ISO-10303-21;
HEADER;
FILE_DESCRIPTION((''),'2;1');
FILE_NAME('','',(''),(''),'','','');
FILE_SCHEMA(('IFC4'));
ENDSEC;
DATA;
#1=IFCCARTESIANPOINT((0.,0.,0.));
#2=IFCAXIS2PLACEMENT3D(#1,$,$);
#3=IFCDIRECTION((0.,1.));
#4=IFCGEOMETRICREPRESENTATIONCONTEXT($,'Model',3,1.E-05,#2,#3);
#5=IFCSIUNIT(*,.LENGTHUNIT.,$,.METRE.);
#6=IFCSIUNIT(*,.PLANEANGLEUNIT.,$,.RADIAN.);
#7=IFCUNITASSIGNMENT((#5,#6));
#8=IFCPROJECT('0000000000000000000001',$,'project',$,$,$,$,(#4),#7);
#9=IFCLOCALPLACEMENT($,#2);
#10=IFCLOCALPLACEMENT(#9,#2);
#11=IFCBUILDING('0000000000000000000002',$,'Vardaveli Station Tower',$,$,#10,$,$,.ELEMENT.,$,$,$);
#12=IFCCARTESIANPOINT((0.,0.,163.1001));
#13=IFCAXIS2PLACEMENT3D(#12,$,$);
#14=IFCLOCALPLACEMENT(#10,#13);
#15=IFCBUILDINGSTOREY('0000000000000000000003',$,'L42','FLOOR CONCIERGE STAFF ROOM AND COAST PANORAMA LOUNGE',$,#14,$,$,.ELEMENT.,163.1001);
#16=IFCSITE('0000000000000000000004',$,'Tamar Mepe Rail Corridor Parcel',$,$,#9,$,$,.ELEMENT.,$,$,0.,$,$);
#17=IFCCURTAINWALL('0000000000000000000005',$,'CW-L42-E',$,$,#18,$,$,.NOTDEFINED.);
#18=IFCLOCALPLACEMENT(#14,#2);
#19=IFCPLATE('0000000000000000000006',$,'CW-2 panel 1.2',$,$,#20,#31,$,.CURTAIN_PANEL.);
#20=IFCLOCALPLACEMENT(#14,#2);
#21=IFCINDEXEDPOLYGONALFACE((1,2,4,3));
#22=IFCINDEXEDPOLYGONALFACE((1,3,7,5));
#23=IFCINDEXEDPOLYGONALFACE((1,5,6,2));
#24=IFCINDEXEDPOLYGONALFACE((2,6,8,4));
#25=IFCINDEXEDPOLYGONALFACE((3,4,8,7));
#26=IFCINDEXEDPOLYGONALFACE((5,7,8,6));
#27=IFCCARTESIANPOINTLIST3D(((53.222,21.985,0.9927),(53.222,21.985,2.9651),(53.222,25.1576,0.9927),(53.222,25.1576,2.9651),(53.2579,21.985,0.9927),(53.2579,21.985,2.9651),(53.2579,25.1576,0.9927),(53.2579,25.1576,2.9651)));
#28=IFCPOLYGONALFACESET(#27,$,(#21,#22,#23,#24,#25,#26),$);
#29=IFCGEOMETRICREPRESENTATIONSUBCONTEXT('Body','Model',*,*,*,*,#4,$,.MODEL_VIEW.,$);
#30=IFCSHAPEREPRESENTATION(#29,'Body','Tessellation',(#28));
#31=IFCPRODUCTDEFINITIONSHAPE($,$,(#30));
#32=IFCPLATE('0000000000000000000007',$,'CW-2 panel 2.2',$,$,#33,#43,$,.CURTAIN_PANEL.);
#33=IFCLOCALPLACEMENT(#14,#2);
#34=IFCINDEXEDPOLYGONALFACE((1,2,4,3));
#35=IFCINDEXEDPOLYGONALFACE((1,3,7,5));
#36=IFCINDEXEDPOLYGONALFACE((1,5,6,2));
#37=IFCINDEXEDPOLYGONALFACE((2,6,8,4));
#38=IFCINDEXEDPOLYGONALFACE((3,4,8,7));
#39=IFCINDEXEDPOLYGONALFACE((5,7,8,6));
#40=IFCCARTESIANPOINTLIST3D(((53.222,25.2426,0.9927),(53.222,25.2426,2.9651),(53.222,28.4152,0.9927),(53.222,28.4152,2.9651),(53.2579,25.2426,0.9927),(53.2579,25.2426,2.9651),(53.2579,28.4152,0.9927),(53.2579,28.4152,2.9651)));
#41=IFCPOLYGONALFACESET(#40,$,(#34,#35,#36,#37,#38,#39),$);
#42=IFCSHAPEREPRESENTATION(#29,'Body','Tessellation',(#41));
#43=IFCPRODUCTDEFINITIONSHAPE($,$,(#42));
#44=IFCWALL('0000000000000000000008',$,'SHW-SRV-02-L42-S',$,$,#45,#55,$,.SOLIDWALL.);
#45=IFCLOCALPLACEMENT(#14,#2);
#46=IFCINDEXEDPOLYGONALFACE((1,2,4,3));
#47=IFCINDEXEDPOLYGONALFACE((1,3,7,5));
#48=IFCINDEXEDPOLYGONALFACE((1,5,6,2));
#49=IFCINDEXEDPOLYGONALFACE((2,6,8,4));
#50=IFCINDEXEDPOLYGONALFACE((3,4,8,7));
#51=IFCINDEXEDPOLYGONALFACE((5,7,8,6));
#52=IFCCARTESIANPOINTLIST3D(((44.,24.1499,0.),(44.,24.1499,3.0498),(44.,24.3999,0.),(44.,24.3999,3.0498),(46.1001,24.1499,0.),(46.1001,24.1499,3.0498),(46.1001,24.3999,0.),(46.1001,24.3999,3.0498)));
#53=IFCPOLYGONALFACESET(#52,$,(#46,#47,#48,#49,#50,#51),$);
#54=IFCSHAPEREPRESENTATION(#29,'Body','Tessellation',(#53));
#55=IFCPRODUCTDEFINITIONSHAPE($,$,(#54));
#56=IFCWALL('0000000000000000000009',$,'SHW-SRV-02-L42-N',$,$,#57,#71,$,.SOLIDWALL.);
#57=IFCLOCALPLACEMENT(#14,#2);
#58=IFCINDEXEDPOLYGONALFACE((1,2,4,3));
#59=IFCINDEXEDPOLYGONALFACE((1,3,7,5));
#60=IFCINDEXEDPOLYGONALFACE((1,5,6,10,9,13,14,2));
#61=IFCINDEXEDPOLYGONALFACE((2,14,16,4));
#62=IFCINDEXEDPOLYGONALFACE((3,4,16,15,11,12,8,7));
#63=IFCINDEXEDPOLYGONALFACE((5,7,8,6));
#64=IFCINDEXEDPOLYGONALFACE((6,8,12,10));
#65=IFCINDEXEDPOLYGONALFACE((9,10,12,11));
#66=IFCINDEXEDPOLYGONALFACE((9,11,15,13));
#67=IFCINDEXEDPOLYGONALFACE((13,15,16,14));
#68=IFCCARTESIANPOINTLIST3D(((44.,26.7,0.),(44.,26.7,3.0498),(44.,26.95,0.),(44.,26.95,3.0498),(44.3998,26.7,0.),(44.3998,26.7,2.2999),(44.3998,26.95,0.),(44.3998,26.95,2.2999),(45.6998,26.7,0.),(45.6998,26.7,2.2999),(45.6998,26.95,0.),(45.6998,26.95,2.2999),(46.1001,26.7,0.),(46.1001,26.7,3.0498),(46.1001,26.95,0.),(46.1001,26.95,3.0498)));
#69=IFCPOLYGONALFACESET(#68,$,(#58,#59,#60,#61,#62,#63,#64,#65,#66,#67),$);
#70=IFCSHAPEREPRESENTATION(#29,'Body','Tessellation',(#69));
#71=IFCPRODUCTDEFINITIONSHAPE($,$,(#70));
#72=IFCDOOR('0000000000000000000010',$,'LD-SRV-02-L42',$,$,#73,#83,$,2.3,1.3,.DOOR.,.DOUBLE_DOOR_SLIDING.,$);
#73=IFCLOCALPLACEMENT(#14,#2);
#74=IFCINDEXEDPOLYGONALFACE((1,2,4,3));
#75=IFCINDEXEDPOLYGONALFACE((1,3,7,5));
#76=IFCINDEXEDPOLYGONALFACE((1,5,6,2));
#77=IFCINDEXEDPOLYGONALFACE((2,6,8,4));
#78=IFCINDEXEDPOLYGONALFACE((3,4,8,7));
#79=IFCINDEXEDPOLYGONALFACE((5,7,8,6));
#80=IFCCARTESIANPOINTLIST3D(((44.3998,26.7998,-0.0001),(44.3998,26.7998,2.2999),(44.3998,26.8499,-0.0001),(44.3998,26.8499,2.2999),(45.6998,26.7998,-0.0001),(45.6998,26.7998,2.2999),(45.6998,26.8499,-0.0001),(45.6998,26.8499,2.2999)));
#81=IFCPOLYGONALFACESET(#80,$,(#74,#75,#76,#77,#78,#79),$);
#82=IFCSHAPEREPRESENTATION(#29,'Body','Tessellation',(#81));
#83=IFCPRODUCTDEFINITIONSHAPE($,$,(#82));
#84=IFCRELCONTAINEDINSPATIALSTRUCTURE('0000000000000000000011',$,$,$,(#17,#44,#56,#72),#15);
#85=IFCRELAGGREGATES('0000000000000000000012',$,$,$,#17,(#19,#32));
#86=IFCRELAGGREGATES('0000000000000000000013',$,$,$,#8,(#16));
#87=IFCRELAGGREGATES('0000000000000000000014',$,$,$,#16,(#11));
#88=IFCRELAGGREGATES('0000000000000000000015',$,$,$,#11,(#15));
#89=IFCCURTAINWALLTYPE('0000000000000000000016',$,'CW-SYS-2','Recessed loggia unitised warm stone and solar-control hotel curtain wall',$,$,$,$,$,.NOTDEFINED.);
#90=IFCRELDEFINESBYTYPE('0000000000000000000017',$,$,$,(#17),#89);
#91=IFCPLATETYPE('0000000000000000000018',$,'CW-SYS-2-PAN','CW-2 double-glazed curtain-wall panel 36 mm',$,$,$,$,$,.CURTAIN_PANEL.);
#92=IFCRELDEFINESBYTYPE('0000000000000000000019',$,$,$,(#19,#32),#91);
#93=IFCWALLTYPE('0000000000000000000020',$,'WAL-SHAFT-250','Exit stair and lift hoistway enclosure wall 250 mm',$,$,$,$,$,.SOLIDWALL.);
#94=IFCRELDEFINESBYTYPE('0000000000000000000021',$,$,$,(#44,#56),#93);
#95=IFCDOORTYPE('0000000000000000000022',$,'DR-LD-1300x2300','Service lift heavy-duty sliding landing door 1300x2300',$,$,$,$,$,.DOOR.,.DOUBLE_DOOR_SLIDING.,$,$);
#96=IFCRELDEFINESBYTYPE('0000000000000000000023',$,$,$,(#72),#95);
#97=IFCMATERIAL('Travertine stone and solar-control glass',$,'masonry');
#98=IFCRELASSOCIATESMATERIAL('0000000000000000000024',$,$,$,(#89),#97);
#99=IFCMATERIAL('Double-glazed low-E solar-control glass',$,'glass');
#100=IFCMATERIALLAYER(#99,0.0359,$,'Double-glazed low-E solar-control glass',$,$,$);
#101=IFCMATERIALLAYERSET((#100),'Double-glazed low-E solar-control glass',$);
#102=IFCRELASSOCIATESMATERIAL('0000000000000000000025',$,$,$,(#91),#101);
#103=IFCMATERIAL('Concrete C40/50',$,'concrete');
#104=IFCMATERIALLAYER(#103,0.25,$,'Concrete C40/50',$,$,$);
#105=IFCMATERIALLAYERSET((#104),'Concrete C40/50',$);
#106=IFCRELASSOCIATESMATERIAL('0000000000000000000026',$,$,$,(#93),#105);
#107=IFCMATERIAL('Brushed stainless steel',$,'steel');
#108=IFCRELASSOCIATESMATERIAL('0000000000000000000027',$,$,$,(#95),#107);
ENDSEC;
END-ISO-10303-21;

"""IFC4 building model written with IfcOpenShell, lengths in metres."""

from ifc_helpers import new_model, si_unit, direction, frame, frame_2d, origin, origin_2d, place, context, subcontext, project, spatial, rectangle, extrude, source, transform, mapped, material, layer, layer_set, type_object, element, fill, aggregate, save


model = new_model("IFC4")

# Units and contexts
model_context = context("Model", 3, precision=1e-05, world=origin(), true_north=direction((0.0, 1.0)))
body_context = subcontext(model_context, "Body", "Model", "MODEL_VIEW")
ifc_project = project(units=[si_unit("LENGTHUNIT", "METRE"), si_unit("PLANEANGLEUNIT", "RADIAN")], contexts=[model_context])

# Site, building, storey
site_placement = place(None, origin())
site = spatial("IfcSite", under=ifc_project, at=site_placement, Name="Tamar Mepe Rail Corridor Parcel", CompositionType="ELEMENT", RefElevation=0.0)
building_placement = place(site_placement, origin())
building = spatial("IfcBuilding", under=site, at=building_placement, Name="Vardaveli Station Tower", CompositionType="ELEMENT")
storey_placement = place(building_placement, frame((0.0, 0.0, 163.1001)))
storey = spatial("IfcBuildingStorey", under=building, at=storey_placement, Name="L42", Description="FLOOR CONCIERGE STAFF ROOM AND COAST PANORAMA LOUNGE", CompositionType="ELEMENT", Elevation=163.1001)

# Curtain wall, plates
ifc_material_1 = material(Name="Travertine stone and solar-control glass", Category="masonry")
curtain_wall_type = type_object("IfcCurtainWallType", Name="CW-SYS-2", Description="Recessed loggia unitised warm stone and solar-control hotel curtain wall", PredefinedType="NOTDEFINED", material=ifc_material_1)
curtain_wall_placement = place(storey_placement, origin())
curtain_wall = element("IfcCurtainWall", 1, at=curtain_wall_placement, inside=storey, type_object=curtain_wall_type, Name="CW-L42-E", PredefinedType="NOTDEFINED")
ifc_material_2 = material(Name="Double-glazed low-E solar-control glass", Category="glass")
ifc_layer_1 = layer(ifc_material_2, 0.0359, Name="Double-glazed low-E solar-control glass")
ifc_layer_set_1 = layer_set([ifc_layer_1], Name="Double-glazed low-E solar-control glass")
plate_type = type_object("IfcPlateType", Name="CW-SYS-2-PAN", Description="CW-2 double-glazed curtain-wall panel 36 mm", PredefinedType="CURTAIN_PANEL", material=ifc_layer_set_1)
shared_shape_1 = source(origin(), body_context, "Body", "SweptSolid", [
    extrude(rectangle(XDim=3.1726, YDim=0.0359, at=origin_2d()), origin(), (0.0, 0.0, 1.0), 1.9724),
])
plate_1_placement = place(storey_placement, frame((53.24, 23.5713, 0.9927), z_axis=(0.0, 0.0, 1.0), x_axis=(0.0, 1.0, 0.0)))
plate_1 = element("IfcPlate", 2, at=plate_1_placement, type_object=plate_type, Name="CW-2 panel 1.2", PredefinedType="CURTAIN_PANEL", context=body_context, shape_type="MappedRepresentation", body=[
    mapped(shared_shape_1, transform((0.0, 0.0, 0.0), scale=1.0)),
])
plate_2_placement = place(storey_placement, frame((53.24, 26.8289, 0.9927), z_axis=(0.0, 0.0, 1.0), x_axis=(0.0, 1.0, 0.0)))
plate_2 = element("IfcPlate", 3, at=plate_2_placement, type_object=plate_type, Name="CW-2 panel 2.2", PredefinedType="CURTAIN_PANEL", context=body_context, shape_type="MappedRepresentation", body=[
    mapped(shared_shape_1, transform((0.0, 0.0, 0.0), scale=1.0)),
])
aggregate(curtain_wall, [plate_1, plate_2])

# Wall
ifc_material_3 = material(Name="Concrete C40/50", Category="concrete")
ifc_layer_2 = layer(ifc_material_3, 0.25, Name="Concrete C40/50")
ifc_layer_set_2 = layer_set([ifc_layer_2], Name="Concrete C40/50")
wall_type = type_object("IfcWallType", Name="WAL-SHAFT-250", Description="Exit stair and lift hoistway enclosure wall 250 mm", PredefinedType="SOLIDWALL", material=ifc_layer_set_2)
shared_shape_2 = source(origin(), body_context, "Body", "SweptSolid", [
    extrude(rectangle(XDim=2.1001, YDim=0.25, at=frame_2d((1.05, 0.0))), origin(), (0.0, 0.0, 1.0), 3.0498),
])
wall_1_placement = place(storey_placement, frame((44.0, 24.2749, 0.0), z_axis=(0.0, 0.0, 1.0), x_axis=(1.0, 0.0, 0.0)))
element("IfcWall", 4, at=wall_1_placement, inside=storey, type_object=wall_type, Name="SHW-SRV-02-L42-S", PredefinedType="SOLIDWALL", context=body_context, shape_type="MappedRepresentation", body=[
    mapped(shared_shape_2, transform((0.0, 0.0, 0.0), scale=1.0)),
])

# Wall, opening, door
wall_2_placement = place(storey_placement, frame((44.0, 26.825, 0.0), z_axis=(0.0, 0.0, 1.0), x_axis=(1.0, 0.0, 0.0)))
wall_2 = element("IfcWall", 5, at=wall_2_placement, inside=storey, type_object=wall_type, Name="SHW-SRV-02-L42-N", PredefinedType="SOLIDWALL", context=body_context, shape_type="MappedRepresentation", body=[
    mapped(shared_shape_2, transform((0.0, 0.0, 0.0), scale=1.0)),
])
shared_shape_3 = source(origin(), body_context, "Body", "SweptSolid", [
    extrude(rectangle(XDim=1.3, YDim=2.3, at=frame_2d((0.6499, 1.1499))), frame((0.0, 0.135, 0.0), z_axis=(0.0, -1.0, 0.0), x_axis=(1.0, 0.0, 0.0)), (0.0, 0.0, 1.0), 0.27),
])
opening_placement = place(wall_2_placement, frame((0.3999, 0.0, 0.0)))
opening = element("IfcOpeningElement", 6, at=opening_placement, cuts=wall_2, PredefinedType="OPENING", context=body_context, shape_type="MappedRepresentation", body=[
    mapped(shared_shape_3, transform((0.0, 0.0, 0.0), scale=1.0)),
])
ifc_material_4 = material(Name="Brushed stainless steel", Category="steel")
door_type = type_object("IfcDoorType", Name="DR-LD-1300x2300", Description="Service lift heavy-duty sliding landing door 1300x2300", OperationType="DOUBLE_DOOR_SLIDING", PredefinedType="DOOR", material=ifc_material_4)
shared_shape_4 = source(origin(), body_context, "Body", "SweptSolid", [
    extrude(rectangle(XDim=1.3, YDim=2.3, at=frame_2d((0.6499, 1.1499))), frame((0.0, 0.0249, 0.0), z_axis=(0.0, -1.0, 0.0), x_axis=(1.0, 0.0, 0.0)), (0.0, 0.0, 1.0), 0.05),
])
door_placement = place(opening_placement, origin())
door = element("IfcDoor", 7, at=door_placement, inside=storey, type_object=door_type, Name="LD-SRV-02-L42", OperationType="DOUBLE_DOOR_SLIDING", OverallHeight=2.3, OverallWidth=1.3, PredefinedType="DOOR", context=body_context, shape_type="MappedRepresentation", body=[
    mapped(shared_shape_4, transform((0.0, 0.0, 0.0), scale=1.0)),
])
fill(opening, door)

save(model, "model.ifc")
